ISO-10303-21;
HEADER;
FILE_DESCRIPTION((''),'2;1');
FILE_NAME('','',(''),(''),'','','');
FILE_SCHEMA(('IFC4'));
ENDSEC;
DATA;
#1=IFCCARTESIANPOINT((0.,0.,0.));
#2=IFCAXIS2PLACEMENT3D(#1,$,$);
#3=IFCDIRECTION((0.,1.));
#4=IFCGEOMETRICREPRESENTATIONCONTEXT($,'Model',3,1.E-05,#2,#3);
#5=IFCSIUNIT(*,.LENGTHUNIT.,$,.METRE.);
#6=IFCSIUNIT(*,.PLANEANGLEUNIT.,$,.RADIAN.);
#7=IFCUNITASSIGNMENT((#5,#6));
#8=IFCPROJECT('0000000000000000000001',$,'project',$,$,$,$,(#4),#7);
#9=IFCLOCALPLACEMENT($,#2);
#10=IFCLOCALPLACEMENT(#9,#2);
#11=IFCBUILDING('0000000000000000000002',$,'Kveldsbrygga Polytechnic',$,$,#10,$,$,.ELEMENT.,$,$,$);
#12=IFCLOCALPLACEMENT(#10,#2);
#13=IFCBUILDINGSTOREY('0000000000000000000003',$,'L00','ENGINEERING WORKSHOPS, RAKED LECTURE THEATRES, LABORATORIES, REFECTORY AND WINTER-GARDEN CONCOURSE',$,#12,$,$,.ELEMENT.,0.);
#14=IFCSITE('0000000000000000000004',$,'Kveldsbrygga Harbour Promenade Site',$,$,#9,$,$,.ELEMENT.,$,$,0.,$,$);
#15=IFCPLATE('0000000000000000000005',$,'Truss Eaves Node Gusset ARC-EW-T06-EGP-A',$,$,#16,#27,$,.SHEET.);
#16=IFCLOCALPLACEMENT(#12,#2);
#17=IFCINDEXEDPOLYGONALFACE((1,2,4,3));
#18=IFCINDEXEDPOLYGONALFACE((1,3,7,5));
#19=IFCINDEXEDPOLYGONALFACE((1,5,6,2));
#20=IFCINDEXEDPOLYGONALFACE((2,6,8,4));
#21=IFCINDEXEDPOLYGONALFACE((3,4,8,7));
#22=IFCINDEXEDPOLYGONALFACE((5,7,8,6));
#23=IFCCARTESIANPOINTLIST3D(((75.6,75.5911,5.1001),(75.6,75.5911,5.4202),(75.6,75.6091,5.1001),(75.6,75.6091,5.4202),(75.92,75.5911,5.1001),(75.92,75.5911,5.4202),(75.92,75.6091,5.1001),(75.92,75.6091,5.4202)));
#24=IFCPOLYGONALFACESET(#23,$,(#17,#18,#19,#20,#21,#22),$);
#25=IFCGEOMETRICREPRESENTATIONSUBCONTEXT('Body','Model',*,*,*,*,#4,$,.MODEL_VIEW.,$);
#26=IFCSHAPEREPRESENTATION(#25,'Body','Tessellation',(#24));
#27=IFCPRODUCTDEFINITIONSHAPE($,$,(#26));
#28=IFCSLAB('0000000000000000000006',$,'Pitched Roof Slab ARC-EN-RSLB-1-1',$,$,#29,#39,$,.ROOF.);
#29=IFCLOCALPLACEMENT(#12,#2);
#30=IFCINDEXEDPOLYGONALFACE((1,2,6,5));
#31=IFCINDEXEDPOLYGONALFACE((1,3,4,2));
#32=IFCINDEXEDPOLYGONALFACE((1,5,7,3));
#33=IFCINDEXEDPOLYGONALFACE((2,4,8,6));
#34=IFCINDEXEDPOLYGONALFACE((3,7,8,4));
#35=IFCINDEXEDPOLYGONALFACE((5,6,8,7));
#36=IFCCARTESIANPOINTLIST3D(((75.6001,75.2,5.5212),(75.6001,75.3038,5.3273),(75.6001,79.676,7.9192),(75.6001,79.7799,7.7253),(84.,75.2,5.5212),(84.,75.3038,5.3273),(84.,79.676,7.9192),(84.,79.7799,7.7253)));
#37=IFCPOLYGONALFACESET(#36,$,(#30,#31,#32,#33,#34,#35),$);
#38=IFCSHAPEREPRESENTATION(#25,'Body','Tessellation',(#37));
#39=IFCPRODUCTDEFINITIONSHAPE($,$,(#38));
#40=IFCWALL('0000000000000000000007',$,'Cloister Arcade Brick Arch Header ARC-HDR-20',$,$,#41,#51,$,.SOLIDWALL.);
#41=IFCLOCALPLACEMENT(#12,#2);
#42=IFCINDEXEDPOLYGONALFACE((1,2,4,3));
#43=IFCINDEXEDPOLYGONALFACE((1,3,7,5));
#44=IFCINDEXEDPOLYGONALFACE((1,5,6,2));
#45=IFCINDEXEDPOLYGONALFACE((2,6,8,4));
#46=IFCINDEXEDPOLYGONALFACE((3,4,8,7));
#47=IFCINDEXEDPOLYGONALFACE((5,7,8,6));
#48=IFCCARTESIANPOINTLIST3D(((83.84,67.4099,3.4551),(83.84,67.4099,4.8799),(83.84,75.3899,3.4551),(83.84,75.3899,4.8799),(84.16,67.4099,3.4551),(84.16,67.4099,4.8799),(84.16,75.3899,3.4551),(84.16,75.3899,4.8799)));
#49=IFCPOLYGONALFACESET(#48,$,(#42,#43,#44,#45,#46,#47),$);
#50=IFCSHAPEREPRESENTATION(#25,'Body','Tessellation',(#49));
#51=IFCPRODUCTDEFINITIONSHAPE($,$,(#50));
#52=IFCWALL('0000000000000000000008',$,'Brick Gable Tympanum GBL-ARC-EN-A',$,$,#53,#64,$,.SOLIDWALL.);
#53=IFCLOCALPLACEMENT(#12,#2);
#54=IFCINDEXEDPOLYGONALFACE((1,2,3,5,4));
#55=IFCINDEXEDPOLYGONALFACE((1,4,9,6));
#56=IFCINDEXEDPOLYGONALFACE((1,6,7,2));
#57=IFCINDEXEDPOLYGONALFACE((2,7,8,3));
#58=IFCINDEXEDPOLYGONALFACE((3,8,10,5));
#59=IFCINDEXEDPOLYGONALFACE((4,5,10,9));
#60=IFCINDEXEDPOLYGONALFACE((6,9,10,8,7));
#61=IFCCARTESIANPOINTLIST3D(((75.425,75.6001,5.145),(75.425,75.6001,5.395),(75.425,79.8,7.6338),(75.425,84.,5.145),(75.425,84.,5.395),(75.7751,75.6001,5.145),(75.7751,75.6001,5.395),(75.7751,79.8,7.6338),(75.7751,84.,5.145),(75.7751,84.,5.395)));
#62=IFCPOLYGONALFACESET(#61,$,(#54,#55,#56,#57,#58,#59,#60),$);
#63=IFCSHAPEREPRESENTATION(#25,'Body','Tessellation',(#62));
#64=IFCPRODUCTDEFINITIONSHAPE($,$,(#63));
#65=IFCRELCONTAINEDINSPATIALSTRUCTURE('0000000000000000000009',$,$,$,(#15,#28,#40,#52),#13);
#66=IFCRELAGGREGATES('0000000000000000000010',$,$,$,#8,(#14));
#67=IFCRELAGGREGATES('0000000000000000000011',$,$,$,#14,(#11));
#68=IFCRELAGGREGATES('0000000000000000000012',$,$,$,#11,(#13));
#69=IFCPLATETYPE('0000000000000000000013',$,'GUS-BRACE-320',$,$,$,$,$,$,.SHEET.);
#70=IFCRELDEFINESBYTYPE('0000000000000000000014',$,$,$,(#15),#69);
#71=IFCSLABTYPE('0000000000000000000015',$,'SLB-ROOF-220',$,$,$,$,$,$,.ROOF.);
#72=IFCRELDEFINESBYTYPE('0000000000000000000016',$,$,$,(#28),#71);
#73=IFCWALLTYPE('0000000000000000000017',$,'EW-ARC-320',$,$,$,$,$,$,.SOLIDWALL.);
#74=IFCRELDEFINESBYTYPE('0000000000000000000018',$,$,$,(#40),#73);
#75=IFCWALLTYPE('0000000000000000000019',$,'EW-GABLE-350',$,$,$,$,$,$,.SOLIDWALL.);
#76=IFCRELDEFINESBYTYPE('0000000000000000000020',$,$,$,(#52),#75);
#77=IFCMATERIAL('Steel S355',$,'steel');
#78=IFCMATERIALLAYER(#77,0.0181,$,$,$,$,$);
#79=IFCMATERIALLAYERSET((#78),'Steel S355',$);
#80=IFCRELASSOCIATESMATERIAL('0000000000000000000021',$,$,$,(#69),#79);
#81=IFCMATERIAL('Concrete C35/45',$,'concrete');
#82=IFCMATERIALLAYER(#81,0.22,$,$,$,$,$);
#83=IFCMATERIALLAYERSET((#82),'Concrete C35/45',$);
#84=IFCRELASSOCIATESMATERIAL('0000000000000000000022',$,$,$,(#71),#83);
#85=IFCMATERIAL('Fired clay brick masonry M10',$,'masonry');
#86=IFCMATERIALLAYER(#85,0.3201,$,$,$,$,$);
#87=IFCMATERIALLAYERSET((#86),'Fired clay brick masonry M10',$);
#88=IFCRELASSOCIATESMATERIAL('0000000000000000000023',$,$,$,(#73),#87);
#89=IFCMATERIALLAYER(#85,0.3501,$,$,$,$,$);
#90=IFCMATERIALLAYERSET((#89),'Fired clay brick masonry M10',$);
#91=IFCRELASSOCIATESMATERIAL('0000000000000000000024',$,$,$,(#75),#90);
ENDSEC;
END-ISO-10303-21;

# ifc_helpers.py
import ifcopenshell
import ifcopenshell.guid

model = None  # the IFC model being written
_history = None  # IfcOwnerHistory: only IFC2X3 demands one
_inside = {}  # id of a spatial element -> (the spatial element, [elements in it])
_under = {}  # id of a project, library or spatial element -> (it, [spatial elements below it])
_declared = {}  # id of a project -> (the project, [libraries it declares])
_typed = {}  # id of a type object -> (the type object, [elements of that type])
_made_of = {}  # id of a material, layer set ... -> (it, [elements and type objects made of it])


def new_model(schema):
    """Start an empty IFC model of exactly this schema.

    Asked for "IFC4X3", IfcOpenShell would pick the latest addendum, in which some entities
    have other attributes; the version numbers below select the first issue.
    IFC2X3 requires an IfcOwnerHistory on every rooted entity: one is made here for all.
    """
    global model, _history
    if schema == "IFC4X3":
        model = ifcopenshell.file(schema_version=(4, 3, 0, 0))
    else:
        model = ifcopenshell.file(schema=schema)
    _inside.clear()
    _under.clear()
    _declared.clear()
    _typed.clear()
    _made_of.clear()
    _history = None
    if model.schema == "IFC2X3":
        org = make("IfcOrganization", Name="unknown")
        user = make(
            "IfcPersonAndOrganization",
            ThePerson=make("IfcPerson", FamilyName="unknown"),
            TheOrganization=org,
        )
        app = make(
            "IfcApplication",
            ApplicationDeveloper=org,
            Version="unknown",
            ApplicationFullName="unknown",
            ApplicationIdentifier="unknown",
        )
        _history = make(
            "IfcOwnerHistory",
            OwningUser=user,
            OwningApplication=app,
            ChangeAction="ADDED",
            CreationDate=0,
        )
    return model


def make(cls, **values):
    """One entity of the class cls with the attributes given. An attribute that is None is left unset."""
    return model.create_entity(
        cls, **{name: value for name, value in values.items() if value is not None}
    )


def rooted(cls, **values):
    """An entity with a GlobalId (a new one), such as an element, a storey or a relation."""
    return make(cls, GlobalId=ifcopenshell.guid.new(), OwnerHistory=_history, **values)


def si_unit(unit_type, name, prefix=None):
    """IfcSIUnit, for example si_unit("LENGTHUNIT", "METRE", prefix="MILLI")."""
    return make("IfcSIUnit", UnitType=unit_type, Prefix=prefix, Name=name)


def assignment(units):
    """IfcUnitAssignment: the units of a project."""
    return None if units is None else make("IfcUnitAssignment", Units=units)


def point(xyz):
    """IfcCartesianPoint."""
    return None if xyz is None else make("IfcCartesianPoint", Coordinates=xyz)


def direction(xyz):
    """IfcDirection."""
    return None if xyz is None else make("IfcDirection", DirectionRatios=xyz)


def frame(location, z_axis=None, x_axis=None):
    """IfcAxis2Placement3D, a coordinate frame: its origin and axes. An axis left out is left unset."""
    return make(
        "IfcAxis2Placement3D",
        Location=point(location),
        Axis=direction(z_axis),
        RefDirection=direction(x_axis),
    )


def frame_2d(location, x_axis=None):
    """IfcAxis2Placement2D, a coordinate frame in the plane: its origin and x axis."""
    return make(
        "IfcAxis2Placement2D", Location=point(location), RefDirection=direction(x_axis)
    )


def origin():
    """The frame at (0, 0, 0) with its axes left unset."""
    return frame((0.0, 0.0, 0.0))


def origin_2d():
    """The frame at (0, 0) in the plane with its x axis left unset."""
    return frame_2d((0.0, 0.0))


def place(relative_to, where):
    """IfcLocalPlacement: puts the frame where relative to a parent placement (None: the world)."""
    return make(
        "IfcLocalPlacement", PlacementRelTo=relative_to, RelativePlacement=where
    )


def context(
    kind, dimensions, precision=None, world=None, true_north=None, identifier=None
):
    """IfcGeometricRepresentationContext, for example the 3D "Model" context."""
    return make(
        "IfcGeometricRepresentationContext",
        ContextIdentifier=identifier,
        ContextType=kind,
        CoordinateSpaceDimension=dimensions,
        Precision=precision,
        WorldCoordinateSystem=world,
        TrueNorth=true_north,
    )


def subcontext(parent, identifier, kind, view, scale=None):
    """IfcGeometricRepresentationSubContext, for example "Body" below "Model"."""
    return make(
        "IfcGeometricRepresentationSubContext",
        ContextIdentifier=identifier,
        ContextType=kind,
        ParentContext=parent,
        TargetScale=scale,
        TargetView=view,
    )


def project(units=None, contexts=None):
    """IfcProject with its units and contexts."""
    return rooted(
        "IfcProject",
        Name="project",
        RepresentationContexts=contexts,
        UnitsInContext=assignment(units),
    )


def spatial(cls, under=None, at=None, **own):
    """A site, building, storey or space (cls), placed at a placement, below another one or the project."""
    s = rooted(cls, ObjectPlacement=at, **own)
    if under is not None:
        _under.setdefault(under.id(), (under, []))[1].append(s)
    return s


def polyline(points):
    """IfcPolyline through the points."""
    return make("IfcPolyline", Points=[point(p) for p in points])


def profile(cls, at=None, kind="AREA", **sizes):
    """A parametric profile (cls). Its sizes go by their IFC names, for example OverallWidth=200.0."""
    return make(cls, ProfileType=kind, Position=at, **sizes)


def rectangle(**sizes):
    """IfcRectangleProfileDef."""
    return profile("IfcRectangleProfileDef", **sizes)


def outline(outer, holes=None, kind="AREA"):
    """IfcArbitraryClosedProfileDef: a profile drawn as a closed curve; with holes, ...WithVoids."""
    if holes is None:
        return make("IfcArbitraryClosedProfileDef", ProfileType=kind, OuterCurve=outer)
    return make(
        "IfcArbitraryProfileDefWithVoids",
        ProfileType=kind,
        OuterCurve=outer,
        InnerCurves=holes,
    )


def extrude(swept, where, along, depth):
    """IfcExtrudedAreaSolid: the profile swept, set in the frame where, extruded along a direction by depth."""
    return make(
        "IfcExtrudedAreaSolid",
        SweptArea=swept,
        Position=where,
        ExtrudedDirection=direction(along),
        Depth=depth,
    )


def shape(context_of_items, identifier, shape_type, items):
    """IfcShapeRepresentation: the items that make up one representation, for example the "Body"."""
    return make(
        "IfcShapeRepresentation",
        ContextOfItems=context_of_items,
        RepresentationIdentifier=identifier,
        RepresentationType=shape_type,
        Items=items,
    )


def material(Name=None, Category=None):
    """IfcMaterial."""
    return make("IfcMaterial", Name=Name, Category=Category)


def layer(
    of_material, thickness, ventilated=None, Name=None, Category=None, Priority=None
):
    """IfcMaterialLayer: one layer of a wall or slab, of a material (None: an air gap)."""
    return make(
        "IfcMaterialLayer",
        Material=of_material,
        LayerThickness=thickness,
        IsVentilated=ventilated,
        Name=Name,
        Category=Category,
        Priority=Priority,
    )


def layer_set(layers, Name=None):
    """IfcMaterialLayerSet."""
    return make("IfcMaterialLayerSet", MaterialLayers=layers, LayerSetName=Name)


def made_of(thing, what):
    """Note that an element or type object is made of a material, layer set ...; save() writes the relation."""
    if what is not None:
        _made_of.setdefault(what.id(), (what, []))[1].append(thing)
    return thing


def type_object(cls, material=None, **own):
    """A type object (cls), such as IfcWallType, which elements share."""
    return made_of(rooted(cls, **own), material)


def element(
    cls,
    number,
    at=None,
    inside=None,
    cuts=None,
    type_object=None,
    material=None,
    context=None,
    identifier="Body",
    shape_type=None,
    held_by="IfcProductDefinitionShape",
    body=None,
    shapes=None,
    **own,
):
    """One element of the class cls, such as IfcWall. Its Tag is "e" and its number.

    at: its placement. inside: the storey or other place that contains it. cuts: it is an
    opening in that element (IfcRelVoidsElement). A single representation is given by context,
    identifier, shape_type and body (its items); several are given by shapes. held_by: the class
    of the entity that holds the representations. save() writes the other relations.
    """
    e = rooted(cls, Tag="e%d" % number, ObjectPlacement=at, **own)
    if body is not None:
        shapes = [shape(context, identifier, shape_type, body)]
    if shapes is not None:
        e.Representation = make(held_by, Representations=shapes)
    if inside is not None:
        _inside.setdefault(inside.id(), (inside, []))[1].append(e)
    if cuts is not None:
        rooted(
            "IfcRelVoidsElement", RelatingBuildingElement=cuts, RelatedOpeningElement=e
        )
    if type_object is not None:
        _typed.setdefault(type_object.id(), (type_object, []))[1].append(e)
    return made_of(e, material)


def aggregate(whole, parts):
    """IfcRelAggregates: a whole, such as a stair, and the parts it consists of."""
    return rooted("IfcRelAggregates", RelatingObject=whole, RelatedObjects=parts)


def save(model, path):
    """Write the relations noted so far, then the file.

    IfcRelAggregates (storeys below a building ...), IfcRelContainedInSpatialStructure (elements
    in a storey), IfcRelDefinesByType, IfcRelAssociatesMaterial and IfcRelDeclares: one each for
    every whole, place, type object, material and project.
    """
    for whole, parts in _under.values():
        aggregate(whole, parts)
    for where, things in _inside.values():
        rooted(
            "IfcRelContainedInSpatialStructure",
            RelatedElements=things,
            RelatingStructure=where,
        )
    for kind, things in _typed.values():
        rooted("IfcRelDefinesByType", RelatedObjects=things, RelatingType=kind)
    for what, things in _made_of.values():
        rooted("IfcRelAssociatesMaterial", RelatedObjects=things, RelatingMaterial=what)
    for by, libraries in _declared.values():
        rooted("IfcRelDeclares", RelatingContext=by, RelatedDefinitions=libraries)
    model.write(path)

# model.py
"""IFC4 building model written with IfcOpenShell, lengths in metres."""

from ifc_helpers import new_model, si_unit, direction, frame, frame_2d, origin, origin_2d, place, context, subcontext, project, spatial, polyline, rectangle, outline, extrude, material, layer, layer_set, type_object, element, save


model = new_model("IFC4")

# Units and contexts
model_context = context("Model", 3, precision=1e-05, world=origin(), true_north=direction((0.0, 1.0)))
body_context = subcontext(model_context, "Body", "Model", "MODEL_VIEW")
ifc_project = project(units=[si_unit("LENGTHUNIT", "METRE"), si_unit("PLANEANGLEUNIT", "RADIAN")], contexts=[model_context])

# Site, building, storey
site_placement = place(None, origin())
site = spatial("IfcSite", under=ifc_project, at=site_placement, Name="Kveldsbrygga Harbour Promenade Site", CompositionType="ELEMENT", RefElevation=0.0)
building_placement = place(site_placement, origin())
building = spatial("IfcBuilding", under=site, at=building_placement, Name="Kveldsbrygga Polytechnic", CompositionType="ELEMENT")
storey_placement = place(building_placement, origin())
storey = spatial("IfcBuildingStorey", under=building, at=storey_placement, Name="L00", Description="ENGINEERING WORKSHOPS, RAKED LECTURE THEATRES, LABORATORIES, REFECTORY AND WINTER-GARDEN CONCOURSE", CompositionType="ELEMENT", Elevation=0.0)

# Shared definitions
ifc_material_1 = material(Name="Concrete C35/45", Category="concrete")

# Shared definitions
ifc_material_2 = material(Name="Steel S355", Category="steel")

# Plate
ifc_layer_1 = layer(ifc_material_2, 0.0181)
ifc_layer_set_1 = layer_set([ifc_layer_1], Name="Steel S355")
plate_type_1 = type_object("IfcPlateType", Name="GUS-BRACE-320", PredefinedType="SHEET", material=ifc_layer_set_1)
plate_1_placement = place(storey_placement, frame((75.76, 75.6001, 5.1001), z_axis=(0.0, 0.0, 1.0), x_axis=(1.0, 0.0, 0.0)))
element("IfcPlate", 1, at=plate_1_placement, inside=storey, type_object=plate_type_1, Name="Truss Eaves Node Gusset ARC-EW-T06-EGP-A", PredefinedType="SHEET", context=body_context, shape_type="SweptSolid", body=[
    extrude(rectangle(XDim=0.3201, YDim=0.0181, at=origin_2d()), origin(), (0.0, 0.0, 1.0), 0.3201),
])

# Slab
ifc_layer_2 = layer(ifc_material_1, 0.22)
ifc_layer_set_2 = layer_set([ifc_layer_2], Name="Concrete C35/45")
slab_type = type_object("IfcSlabType", Name="SLB-ROOF-220", PredefinedType="ROOF", material=ifc_layer_set_2)
slab_placement = place(storey_placement, frame((75.6001, 75.2, 5.5212), z_axis=(0.0, -0.472229, 0.881476), x_axis=(1.0, 0.0, 0.0)))
element("IfcSlab", 2, at=slab_placement, inside=storey, type_object=slab_type, Name="Pitched Roof Slab ARC-EN-RSLB-1-1", PredefinedType="ROOF", context=body_context, shape_type="SweptSolid", body=[
    extrude(outline(polyline([(0.0, 0.0), (8.3999, 0.0), (8.3999, 5.0779), (0.0, 5.0779), (0.0, 0.0)])), origin(), (0.0, 0.0, -1.0), 0.22),
])

# Walls
ifc_material_3 = material(Name="Fired clay brick masonry M10", Category="masonry")
ifc_layer_3 = layer(ifc_material_3, 0.3201)
ifc_layer_set_3 = layer_set([ifc_layer_3], Name="Fired clay brick masonry M10")
wall_type_1 = type_object("IfcWallType", Name="EW-ARC-320", PredefinedType="SOLIDWALL", material=ifc_layer_set_3)
wall_1_placement = place(storey_placement, frame((84.0, 67.4099, 3.4551), z_axis=(0.0, 0.0, 1.0), x_axis=(0.0, 1.0, 0.0)))
element("IfcWall", 3, at=wall_1_placement, inside=storey, type_object=wall_type_1, Name="Cloister Arcade Brick Arch Header ARC-HDR-20", PredefinedType="SOLIDWALL", context=body_context, shape_type="SweptSolid", body=[
    extrude(rectangle(XDim=7.98, YDim=0.3201, at=frame_2d((3.99, 0.0))), origin(), (0.0, 0.0, 1.0), 1.4248),
])
ifc_layer_4 = layer(ifc_material_3, 0.3501)
ifc_layer_set_4 = layer_set([ifc_layer_4], Name="Fired clay brick masonry M10")
wall_type_2 = type_object("IfcWallType", Name="EW-GABLE-350", PredefinedType="SOLIDWALL", material=ifc_layer_set_4)
wall_2_placement = place(storey_placement, frame((75.6001, 75.6001, 5.145), z_axis=(0.0, 0.0, 1.0), x_axis=(0.0, 1.0, 0.0)))
element("IfcWall", 4, at=wall_2_placement, inside=storey, type_object=wall_type_2, Name="Brick Gable Tympanum GBL-ARC-EN-A", PredefinedType="SOLIDWALL", context=body_context, shape_type="SweptSolid", body=[
    extrude(outline(polyline([(0.0, 0.0), (8.3999, 0.0), (8.3999, 0.25), (4.2, 2.4888), (0.0, 0.25), (0.0, 0.0)])), frame((0.0, 0.175, 0.0), z_axis=(0.0, -1.0, 0.0), x_axis=(1.0, 0.0, 0.0)), (0.0, 0.0, 1.0), 0.3501),
])

save(model, "model.ifc")
